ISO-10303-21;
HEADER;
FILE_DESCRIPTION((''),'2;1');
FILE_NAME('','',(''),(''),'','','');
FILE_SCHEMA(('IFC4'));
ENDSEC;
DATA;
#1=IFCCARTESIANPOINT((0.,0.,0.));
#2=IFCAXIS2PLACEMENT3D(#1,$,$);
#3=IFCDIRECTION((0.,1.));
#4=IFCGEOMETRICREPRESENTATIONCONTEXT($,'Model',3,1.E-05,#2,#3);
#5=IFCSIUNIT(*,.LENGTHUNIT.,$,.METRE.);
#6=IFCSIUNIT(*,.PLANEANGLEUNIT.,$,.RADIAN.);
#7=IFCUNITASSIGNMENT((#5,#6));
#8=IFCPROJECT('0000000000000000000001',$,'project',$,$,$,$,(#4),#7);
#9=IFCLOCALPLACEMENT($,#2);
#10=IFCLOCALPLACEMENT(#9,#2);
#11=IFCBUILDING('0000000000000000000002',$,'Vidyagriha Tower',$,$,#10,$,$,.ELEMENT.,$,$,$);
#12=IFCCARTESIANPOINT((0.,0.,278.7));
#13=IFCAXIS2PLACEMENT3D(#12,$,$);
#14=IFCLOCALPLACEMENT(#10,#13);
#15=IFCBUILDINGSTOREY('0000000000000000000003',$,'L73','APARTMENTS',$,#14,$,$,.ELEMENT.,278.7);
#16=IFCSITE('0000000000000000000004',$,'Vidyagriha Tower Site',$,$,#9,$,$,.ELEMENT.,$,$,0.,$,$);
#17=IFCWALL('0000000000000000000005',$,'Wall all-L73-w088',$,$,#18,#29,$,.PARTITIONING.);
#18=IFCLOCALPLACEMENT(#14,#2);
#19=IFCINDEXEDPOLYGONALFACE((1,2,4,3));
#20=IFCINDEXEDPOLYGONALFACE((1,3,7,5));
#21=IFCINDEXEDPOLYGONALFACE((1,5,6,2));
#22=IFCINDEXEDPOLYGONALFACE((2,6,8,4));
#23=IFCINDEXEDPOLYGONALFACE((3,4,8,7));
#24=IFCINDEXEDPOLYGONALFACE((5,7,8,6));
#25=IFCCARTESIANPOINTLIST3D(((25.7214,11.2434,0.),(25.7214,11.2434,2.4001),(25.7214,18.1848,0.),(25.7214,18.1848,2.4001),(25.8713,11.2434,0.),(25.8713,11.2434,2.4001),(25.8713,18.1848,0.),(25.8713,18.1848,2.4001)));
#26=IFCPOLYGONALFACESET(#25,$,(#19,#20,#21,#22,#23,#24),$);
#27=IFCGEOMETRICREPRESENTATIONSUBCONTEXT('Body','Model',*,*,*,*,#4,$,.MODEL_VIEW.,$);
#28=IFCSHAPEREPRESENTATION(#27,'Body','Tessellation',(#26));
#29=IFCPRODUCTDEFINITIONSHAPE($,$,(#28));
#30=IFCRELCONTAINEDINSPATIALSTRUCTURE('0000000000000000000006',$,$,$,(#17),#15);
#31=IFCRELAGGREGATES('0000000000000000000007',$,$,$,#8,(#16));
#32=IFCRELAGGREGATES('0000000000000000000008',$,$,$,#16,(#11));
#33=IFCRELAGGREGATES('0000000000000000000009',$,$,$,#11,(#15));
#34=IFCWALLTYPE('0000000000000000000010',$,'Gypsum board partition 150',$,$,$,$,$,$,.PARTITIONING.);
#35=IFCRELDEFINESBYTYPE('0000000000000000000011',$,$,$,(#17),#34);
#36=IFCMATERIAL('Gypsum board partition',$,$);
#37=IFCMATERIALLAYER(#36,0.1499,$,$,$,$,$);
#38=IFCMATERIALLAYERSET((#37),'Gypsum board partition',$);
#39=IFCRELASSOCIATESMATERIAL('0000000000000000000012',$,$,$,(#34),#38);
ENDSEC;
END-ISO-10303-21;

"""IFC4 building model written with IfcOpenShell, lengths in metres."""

from ifc_helpers import new_model, si_unit, direction, frame, frame_2d, origin, place, context, subcontext, project, spatial, rectangle, extrude, material, layer, layer_set, type_object, element, save


model = new_model("IFC4")

# Units and contexts
model_context = context("Model", 3, precision=1e-05, world=origin(), true_north=direction((0.0, 1.0)))
body_context = subcontext(model_context, "Body", "Model", "MODEL_VIEW")
ifc_project = project(units=[si_unit("LENGTHUNIT", "METRE"), si_unit("PLANEANGLEUNIT", "RADIAN")], contexts=[model_context])

# Site, building, storey
site_placement = place(None, origin())
site = spatial("IfcSite", under=ifc_project, at=site_placement, Name="Vidyagriha Tower Site", CompositionType="ELEMENT", RefElevation=0.0)
building_placement = place(site_placement, origin())
building = spatial("IfcBuilding", under=site, at=building_placement, Name="Vidyagriha Tower", CompositionType="ELEMENT")
storey_placement = place(building_placement, frame((0.0, 0.0, 278.7)))
storey = spatial("IfcBuildingStorey", under=building, at=storey_placement, Name="L73", Description="APARTMENTS", CompositionType="ELEMENT", Elevation=278.7)

# Wall
ifc_material_1 = material(Name="Gypsum board partition")
ifc_layer_1 = layer(ifc_material_1, 0.1499)
ifc_layer_set_1 = layer_set([ifc_layer_1], Name="Gypsum board partition")
wall_type_1 = type_object("IfcWallType", Name="Gypsum board partition 150", PredefinedType="PARTITIONING", material=ifc_layer_set_1)
wall_1_placement = place(storey_placement, frame((25.7964, 18.1848, 0.0), z_axis=(0.0, 0.0, 1.0), x_axis=(0.0, -1.0, 0.0)))
element("IfcWall", 1, at=wall_1_placement, inside=storey, type_object=wall_type_1, Name="Wall all-L73-w088", PredefinedType="PARTITIONING", context=body_context, shape_type="SweptSolid", body=[
    extrude(rectangle(XDim=6.9414, YDim=0.1499, at=frame_2d((3.4707, 0.0))), origin(), (0.0, 0.0, 1.0), 2.4001),
])

save(model, "model.ifc")
